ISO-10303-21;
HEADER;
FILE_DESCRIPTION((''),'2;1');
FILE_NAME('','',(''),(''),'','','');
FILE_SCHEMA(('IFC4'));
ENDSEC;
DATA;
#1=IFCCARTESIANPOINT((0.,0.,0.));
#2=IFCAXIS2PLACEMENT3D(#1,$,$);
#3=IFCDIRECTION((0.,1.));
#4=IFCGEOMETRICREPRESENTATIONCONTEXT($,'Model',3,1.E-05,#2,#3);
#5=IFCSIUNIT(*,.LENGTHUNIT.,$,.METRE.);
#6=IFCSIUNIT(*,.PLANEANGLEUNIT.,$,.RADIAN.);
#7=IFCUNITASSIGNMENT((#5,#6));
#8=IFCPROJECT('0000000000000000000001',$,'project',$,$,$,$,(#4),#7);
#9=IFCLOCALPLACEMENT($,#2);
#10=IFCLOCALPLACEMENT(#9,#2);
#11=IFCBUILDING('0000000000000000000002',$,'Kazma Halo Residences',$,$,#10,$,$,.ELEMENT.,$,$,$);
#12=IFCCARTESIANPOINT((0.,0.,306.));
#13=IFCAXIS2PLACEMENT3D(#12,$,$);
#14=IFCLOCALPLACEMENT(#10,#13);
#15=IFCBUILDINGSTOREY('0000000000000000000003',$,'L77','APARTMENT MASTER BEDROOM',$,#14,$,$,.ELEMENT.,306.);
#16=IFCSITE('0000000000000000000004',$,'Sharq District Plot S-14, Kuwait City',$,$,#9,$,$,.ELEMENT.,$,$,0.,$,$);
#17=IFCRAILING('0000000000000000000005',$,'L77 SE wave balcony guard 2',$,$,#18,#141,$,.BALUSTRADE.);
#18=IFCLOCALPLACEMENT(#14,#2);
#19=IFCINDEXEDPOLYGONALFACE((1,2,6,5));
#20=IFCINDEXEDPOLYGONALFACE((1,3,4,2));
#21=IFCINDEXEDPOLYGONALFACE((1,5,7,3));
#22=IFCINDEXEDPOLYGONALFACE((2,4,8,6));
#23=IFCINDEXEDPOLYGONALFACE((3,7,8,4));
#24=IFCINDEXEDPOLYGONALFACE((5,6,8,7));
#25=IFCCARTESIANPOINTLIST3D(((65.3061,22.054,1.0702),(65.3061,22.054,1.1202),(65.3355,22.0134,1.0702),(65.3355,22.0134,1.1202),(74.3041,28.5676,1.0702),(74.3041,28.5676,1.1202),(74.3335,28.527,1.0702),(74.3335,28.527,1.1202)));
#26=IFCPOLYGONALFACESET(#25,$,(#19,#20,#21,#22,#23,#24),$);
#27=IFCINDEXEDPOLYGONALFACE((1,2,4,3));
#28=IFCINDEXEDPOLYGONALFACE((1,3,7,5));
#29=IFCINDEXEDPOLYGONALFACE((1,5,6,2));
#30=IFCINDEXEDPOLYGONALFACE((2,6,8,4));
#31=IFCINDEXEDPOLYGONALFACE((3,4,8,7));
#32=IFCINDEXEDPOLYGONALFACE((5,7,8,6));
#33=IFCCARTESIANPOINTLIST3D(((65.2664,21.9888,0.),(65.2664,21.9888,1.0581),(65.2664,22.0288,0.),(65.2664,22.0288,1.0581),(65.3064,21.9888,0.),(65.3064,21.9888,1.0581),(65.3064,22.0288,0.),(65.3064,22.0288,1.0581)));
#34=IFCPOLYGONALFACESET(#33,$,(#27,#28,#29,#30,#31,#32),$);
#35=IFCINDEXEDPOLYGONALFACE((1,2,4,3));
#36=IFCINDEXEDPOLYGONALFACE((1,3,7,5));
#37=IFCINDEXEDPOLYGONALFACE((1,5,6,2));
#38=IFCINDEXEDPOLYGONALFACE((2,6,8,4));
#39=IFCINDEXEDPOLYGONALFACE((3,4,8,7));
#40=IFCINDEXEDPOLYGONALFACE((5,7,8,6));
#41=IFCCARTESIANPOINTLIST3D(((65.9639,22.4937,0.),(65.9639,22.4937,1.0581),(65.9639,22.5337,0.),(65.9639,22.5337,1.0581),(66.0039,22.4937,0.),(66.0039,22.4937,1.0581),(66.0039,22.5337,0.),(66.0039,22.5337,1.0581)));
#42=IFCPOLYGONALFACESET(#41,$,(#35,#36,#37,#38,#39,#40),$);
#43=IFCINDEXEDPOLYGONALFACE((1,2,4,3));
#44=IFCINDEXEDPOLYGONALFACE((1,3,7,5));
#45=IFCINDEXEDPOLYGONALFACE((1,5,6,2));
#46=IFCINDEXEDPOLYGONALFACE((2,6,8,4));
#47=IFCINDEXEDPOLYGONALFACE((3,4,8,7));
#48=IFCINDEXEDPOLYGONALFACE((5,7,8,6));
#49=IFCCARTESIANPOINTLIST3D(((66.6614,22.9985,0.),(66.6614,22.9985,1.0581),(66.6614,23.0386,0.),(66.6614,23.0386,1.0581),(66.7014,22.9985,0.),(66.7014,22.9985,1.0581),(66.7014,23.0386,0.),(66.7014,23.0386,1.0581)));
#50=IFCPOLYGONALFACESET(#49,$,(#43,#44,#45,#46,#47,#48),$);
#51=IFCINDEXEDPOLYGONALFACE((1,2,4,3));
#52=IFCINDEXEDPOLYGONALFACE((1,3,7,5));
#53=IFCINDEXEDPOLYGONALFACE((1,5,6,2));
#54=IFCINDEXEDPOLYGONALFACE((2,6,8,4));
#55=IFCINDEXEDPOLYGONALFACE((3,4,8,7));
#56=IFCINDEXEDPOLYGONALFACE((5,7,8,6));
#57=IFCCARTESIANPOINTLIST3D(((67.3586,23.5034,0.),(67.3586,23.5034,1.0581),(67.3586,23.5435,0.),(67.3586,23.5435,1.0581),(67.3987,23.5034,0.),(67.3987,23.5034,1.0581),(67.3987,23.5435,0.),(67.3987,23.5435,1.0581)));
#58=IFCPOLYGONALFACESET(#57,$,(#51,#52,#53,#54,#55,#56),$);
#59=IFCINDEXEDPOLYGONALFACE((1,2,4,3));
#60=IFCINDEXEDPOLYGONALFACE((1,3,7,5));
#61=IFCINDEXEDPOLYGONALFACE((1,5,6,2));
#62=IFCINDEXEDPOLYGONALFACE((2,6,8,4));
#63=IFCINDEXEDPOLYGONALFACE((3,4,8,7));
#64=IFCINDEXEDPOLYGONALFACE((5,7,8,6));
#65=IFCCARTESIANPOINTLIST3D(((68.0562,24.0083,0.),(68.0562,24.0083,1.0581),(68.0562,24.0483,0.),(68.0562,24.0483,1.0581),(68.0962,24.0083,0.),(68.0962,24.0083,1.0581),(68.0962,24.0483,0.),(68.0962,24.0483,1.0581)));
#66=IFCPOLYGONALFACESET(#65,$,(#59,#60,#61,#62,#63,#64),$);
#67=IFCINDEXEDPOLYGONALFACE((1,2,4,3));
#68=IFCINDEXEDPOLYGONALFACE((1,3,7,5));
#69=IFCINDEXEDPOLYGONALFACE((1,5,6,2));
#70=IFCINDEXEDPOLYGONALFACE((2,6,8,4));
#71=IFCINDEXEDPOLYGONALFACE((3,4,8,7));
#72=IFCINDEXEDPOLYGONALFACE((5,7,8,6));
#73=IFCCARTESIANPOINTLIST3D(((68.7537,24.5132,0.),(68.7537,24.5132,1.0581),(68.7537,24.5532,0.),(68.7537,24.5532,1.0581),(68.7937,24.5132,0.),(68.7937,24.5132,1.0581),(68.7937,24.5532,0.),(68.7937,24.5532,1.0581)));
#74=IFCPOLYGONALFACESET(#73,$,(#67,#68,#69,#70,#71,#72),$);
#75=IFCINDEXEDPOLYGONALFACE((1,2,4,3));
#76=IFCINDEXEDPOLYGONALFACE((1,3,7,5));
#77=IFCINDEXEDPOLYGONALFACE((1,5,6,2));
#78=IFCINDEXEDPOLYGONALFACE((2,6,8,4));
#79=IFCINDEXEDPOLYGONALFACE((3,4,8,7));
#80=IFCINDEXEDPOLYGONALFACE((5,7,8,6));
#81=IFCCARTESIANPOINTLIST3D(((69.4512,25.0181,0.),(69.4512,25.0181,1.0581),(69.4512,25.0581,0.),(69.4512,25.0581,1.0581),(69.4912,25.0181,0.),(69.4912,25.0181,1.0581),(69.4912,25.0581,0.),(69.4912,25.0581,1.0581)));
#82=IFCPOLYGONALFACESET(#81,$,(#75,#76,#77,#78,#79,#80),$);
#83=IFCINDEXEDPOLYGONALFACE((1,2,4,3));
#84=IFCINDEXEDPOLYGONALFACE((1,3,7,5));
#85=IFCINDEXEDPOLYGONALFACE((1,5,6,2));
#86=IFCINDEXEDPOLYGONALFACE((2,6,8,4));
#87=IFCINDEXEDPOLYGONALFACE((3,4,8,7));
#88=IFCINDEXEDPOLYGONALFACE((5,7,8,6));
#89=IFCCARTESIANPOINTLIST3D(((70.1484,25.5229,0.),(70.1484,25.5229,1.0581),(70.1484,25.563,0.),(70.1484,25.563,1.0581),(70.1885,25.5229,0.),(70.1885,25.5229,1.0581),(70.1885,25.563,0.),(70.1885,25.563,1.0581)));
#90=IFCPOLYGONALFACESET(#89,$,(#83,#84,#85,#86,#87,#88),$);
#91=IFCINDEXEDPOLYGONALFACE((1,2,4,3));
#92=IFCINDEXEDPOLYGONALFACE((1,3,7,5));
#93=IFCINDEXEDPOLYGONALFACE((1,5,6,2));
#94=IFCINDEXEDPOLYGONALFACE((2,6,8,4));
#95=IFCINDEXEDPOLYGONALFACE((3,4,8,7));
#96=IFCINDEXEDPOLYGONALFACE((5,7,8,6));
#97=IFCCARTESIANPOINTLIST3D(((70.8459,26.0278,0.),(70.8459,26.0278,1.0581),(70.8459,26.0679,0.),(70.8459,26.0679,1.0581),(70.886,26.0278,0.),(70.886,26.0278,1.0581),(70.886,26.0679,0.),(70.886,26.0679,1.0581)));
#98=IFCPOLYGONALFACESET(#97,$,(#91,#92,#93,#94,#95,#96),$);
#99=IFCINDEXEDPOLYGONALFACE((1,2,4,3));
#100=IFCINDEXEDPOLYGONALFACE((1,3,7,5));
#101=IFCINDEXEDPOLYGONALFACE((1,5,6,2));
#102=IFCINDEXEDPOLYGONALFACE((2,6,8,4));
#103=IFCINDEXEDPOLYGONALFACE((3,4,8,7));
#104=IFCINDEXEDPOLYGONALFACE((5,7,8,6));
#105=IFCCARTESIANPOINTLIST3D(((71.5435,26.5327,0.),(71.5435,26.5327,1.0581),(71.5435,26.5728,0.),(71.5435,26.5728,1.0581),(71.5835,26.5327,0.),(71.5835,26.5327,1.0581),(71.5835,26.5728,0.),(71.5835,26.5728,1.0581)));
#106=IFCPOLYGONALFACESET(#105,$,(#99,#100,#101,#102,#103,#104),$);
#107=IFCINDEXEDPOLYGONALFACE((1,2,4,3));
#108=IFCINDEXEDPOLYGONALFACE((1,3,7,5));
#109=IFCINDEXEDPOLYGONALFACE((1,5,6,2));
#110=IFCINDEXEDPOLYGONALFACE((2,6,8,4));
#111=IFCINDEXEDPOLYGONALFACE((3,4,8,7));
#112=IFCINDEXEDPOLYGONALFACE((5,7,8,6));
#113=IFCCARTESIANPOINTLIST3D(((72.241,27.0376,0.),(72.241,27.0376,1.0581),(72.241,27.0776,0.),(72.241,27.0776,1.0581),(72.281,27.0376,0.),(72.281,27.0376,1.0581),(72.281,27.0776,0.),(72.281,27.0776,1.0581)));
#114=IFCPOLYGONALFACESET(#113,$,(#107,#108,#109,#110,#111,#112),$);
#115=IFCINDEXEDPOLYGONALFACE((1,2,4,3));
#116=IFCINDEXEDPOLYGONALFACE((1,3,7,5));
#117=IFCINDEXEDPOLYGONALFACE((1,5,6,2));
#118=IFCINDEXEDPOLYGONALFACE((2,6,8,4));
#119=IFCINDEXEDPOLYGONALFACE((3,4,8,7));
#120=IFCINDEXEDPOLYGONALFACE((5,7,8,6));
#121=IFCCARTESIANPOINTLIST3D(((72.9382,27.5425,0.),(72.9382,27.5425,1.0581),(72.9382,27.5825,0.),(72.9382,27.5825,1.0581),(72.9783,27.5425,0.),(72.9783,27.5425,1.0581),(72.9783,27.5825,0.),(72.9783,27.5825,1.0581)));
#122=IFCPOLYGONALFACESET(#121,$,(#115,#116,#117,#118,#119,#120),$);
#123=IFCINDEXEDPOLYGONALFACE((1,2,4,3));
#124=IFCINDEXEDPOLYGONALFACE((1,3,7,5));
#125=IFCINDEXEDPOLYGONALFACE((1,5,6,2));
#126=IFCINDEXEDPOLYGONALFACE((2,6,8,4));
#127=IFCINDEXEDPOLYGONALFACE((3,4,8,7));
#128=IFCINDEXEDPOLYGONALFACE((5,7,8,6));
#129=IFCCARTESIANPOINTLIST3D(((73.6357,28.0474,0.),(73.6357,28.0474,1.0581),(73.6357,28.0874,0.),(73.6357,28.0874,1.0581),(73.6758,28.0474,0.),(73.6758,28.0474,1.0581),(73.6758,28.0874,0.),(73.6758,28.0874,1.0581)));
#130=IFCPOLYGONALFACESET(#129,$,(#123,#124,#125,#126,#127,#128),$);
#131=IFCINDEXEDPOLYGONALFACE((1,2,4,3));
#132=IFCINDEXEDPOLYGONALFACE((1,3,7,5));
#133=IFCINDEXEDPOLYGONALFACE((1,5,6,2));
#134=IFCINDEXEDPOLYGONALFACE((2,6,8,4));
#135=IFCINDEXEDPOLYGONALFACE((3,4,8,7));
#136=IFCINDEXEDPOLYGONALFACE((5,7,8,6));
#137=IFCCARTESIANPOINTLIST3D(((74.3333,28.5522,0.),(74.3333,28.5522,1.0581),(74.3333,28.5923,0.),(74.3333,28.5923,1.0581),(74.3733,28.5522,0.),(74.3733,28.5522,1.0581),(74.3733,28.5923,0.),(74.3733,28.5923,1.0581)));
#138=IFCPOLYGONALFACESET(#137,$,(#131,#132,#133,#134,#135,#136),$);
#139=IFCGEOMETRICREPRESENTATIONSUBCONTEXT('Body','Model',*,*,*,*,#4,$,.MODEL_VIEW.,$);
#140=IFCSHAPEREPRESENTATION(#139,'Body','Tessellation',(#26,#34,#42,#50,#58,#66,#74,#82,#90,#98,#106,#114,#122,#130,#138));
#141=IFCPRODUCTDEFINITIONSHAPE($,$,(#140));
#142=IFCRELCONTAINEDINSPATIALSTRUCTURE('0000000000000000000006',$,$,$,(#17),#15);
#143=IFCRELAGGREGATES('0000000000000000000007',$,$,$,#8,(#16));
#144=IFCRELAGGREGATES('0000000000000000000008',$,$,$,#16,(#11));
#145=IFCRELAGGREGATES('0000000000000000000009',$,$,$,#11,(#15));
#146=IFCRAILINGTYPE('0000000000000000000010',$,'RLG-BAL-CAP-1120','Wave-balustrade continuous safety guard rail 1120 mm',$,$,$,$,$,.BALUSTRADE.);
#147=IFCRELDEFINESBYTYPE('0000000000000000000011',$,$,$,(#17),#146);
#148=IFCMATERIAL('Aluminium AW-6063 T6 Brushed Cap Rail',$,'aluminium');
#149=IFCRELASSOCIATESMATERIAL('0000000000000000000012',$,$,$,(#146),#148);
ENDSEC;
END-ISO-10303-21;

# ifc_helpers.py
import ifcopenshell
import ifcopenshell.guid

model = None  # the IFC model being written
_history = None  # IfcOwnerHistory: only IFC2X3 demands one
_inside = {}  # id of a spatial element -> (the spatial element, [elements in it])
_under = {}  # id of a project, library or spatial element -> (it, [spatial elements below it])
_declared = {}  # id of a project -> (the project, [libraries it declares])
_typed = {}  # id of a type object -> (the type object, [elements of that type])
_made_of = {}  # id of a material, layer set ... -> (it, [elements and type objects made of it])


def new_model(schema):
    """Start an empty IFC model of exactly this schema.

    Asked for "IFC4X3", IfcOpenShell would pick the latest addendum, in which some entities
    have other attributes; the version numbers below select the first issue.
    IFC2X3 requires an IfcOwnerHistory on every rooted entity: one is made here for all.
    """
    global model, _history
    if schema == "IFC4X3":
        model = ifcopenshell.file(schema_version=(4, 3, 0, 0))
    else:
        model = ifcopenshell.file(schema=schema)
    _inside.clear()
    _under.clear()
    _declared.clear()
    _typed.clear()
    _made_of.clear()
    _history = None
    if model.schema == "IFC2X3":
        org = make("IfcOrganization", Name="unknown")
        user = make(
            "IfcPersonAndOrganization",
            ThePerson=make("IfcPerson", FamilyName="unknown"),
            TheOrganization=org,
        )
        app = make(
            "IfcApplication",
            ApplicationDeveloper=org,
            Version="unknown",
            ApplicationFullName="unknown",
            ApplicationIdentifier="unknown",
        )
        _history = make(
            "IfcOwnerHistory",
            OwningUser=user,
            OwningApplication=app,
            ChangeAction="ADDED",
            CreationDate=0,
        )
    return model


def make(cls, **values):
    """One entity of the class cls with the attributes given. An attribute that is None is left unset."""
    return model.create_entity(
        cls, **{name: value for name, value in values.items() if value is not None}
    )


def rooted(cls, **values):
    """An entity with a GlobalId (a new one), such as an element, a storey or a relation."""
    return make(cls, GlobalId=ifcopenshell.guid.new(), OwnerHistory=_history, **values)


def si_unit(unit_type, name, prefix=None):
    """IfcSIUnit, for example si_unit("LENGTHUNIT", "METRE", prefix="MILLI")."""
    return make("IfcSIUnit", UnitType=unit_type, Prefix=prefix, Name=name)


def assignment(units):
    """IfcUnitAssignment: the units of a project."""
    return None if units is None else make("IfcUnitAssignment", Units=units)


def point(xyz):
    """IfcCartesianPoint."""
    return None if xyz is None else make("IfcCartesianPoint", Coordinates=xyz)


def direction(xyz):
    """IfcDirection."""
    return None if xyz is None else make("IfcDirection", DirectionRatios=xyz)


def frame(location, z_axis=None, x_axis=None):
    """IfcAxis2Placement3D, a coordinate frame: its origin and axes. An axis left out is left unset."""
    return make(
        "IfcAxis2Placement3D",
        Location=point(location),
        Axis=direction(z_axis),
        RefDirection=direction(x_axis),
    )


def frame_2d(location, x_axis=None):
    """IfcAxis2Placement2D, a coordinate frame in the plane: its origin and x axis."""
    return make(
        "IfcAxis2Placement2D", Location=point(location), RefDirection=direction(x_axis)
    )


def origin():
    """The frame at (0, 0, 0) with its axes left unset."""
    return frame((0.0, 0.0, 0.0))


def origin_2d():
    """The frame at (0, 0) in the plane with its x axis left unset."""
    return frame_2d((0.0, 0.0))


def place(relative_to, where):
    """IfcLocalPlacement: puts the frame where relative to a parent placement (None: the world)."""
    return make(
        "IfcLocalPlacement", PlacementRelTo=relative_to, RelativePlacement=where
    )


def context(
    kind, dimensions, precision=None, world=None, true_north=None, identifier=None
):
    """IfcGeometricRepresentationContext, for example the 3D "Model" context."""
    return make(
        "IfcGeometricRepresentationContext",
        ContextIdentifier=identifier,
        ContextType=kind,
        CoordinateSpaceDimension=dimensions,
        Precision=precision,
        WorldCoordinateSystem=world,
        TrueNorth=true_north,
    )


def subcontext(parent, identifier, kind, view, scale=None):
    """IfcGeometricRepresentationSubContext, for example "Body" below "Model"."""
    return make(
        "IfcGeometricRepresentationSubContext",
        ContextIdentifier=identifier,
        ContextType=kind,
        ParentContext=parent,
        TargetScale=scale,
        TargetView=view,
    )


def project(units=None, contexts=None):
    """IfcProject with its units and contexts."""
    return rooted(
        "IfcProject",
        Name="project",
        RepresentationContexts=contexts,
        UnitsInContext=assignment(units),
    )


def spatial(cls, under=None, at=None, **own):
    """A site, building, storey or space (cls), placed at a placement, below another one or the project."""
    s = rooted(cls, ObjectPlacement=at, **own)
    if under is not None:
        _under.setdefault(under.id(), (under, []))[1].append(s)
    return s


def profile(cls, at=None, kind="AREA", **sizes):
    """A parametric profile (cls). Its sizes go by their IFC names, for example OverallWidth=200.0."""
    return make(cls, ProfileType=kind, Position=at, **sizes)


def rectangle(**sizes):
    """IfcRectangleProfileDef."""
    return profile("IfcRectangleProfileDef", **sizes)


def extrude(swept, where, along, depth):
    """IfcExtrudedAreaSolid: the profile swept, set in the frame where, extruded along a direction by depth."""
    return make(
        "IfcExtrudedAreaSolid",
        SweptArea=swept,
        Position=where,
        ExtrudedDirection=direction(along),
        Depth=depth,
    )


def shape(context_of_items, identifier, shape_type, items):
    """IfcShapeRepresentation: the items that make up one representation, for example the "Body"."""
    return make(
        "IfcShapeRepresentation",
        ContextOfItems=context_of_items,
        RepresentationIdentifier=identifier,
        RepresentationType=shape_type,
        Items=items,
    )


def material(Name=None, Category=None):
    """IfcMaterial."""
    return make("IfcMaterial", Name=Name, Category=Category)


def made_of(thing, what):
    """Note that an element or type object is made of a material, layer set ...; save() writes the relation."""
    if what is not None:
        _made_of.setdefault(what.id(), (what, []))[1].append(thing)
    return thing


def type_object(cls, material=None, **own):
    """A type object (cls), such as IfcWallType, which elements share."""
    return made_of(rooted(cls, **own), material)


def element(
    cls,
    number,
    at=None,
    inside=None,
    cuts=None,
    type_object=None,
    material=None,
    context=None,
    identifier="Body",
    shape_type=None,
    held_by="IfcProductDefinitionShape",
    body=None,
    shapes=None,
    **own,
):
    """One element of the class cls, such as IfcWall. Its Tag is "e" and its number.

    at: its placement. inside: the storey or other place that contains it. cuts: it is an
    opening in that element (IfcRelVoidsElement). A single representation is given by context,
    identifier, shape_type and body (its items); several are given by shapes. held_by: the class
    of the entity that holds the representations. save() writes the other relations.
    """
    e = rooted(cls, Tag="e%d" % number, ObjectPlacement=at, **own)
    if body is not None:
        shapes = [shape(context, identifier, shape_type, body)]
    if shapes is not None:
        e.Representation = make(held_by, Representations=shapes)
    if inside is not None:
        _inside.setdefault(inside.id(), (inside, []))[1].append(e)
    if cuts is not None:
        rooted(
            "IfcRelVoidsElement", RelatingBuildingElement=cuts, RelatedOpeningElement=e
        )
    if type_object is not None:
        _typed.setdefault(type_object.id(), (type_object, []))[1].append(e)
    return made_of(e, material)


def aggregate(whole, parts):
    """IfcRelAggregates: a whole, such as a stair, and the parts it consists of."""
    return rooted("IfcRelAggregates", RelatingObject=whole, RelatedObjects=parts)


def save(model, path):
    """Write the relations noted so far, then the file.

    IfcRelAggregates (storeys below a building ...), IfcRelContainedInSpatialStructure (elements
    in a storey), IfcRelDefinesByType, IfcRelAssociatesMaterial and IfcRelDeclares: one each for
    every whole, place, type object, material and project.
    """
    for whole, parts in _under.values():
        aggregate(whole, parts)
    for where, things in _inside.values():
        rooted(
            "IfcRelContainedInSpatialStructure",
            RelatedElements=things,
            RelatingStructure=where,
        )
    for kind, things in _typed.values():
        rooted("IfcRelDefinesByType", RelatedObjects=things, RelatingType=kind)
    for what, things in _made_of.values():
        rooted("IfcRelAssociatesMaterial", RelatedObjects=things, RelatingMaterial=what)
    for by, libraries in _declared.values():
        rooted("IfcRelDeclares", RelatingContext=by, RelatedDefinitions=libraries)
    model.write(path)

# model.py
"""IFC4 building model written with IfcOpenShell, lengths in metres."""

from ifc_helpers import new_model, si_unit, direction, frame, origin, origin_2d, place, context, subcontext, project, spatial, rectangle, extrude, material, type_object, element, save


model = new_model("IFC4")

# Units and contexts
model_context = context("Model", 3, precision=1e-05, world=origin(), true_north=direction((0.0, 1.0)))
body_context = subcontext(model_context, "Body", "Model", "MODEL_VIEW")
ifc_project = project(units=[si_unit("LENGTHUNIT", "METRE"), si_unit("PLANEANGLEUNIT", "RADIAN")], contexts=[model_context])

# Site, building, storey
site_placement = place(None, origin())
site = spatial("IfcSite", under=ifc_project, at=site_placement, Name="Sharq District Plot S-14, Kuwait City", CompositionType="ELEMENT", RefElevation=0.0)
building_placement = place(site_placement, origin())
building = spatial("IfcBuilding", under=site, at=building_placement, Name="Kazma Halo Residences", CompositionType="ELEMENT")
storey_placement = place(building_placement, frame((0.0, 0.0, 306.0)))
storey = spatial("IfcBuildingStorey", under=building, at=storey_placement, Name="L77", Description="APARTMENT MASTER BEDROOM", CompositionType="ELEMENT", Elevation=306.0)

# Railing
ifc_material_1 = material(Name="Aluminium AW-6063 T6 Brushed Cap Rail", Category="aluminium")
railing_type = type_object("IfcRailingType", Name="RLG-BAL-CAP-1120", Description="Wave-balustrade continuous safety guard rail 1120 mm", PredefinedType="BALUSTRADE", material=ifc_material_1)
railing_1_placement = place(storey_placement, frame((65.2864, 22.0088, 0.0)))
element("IfcRailing", 1, at=railing_1_placement, inside=storey, type_object=railing_type, Name="L77 SE wave balcony guard 2", PredefinedType="BALUSTRADE", context=body_context, shape_type="SweptSolid", body=[
    extrude(rectangle(XDim=0.05, YDim=0.05, at=origin_2d()), frame((0.0344, 0.0249, 1.0952), z_axis=(0.810036, 0.586381, 0.0), x_axis=(-0.586381, 0.810036, 0.0)), (0.0, 0.0, 1.0), 11.1082),
    extrude(rectangle(XDim=0.04, YDim=0.04, at=origin_2d()), origin(), (0.0, 0.0, 1.0), 1.0581),
    extrude(rectangle(XDim=0.04, YDim=0.04, at=origin_2d()), frame((0.6975, 0.5049, 0.0)), (0.0, 0.0, 1.0), 1.0581),
    extrude(rectangle(XDim=0.04, YDim=0.04, at=origin_2d()), frame((1.395, 1.0098, 0.0)), (0.0, 0.0, 1.0), 1.0581),
    extrude(rectangle(XDim=0.04, YDim=0.04, at=origin_2d()), frame((2.0923, 1.5146, 0.0)), (0.0, 0.0, 1.0), 1.0581),
    extrude(rectangle(XDim=0.04, YDim=0.04, at=origin_2d()), frame((2.7898, 2.0195, 0.0)), (0.0, 0.0, 1.0), 1.0581),
    extrude(rectangle(XDim=0.04, YDim=0.04, at=origin_2d()), frame((3.4873, 2.5244, 0.0)), (0.0, 0.0, 1.0), 1.0581),
    extrude(rectangle(XDim=0.04, YDim=0.04, at=origin_2d()), frame((4.1848, 3.0293, 0.0)), (0.0, 0.0, 1.0), 1.0581),
    extrude(rectangle(XDim=0.04, YDim=0.04, at=origin_2d()), frame((4.8821, 3.5342, 0.0)), (0.0, 0.0, 1.0), 1.0581),
    extrude(rectangle(XDim=0.04, YDim=0.04, at=origin_2d()), frame((5.5796, 4.0391, 0.0)), (0.0, 0.0, 1.0), 1.0581),
    extrude(rectangle(XDim=0.04, YDim=0.04, at=origin_2d()), frame((6.2771, 4.5439, 0.0)), (0.0, 0.0, 1.0), 1.0581),
    extrude(rectangle(XDim=0.04, YDim=0.04, at=origin_2d()), frame((6.9746, 5.0488, 0.0)), (0.0, 0.0, 1.0), 1.0581),
    extrude(rectangle(XDim=0.04, YDim=0.04, at=origin_2d()), frame((7.6719, 5.5537, 0.0)), (0.0, 0.0, 1.0), 1.0581),
    extrude(rectangle(XDim=0.04, YDim=0.04, at=origin_2d()), frame((8.3694, 6.0586, 0.0)), (0.0, 0.0, 1.0), 1.0581),
    extrude(rectangle(XDim=0.04, YDim=0.04, at=origin_2d()), frame((9.0669, 6.5635, 0.0)), (0.0, 0.0, 1.0), 1.0581),
])

save(model, "model.ifc")
